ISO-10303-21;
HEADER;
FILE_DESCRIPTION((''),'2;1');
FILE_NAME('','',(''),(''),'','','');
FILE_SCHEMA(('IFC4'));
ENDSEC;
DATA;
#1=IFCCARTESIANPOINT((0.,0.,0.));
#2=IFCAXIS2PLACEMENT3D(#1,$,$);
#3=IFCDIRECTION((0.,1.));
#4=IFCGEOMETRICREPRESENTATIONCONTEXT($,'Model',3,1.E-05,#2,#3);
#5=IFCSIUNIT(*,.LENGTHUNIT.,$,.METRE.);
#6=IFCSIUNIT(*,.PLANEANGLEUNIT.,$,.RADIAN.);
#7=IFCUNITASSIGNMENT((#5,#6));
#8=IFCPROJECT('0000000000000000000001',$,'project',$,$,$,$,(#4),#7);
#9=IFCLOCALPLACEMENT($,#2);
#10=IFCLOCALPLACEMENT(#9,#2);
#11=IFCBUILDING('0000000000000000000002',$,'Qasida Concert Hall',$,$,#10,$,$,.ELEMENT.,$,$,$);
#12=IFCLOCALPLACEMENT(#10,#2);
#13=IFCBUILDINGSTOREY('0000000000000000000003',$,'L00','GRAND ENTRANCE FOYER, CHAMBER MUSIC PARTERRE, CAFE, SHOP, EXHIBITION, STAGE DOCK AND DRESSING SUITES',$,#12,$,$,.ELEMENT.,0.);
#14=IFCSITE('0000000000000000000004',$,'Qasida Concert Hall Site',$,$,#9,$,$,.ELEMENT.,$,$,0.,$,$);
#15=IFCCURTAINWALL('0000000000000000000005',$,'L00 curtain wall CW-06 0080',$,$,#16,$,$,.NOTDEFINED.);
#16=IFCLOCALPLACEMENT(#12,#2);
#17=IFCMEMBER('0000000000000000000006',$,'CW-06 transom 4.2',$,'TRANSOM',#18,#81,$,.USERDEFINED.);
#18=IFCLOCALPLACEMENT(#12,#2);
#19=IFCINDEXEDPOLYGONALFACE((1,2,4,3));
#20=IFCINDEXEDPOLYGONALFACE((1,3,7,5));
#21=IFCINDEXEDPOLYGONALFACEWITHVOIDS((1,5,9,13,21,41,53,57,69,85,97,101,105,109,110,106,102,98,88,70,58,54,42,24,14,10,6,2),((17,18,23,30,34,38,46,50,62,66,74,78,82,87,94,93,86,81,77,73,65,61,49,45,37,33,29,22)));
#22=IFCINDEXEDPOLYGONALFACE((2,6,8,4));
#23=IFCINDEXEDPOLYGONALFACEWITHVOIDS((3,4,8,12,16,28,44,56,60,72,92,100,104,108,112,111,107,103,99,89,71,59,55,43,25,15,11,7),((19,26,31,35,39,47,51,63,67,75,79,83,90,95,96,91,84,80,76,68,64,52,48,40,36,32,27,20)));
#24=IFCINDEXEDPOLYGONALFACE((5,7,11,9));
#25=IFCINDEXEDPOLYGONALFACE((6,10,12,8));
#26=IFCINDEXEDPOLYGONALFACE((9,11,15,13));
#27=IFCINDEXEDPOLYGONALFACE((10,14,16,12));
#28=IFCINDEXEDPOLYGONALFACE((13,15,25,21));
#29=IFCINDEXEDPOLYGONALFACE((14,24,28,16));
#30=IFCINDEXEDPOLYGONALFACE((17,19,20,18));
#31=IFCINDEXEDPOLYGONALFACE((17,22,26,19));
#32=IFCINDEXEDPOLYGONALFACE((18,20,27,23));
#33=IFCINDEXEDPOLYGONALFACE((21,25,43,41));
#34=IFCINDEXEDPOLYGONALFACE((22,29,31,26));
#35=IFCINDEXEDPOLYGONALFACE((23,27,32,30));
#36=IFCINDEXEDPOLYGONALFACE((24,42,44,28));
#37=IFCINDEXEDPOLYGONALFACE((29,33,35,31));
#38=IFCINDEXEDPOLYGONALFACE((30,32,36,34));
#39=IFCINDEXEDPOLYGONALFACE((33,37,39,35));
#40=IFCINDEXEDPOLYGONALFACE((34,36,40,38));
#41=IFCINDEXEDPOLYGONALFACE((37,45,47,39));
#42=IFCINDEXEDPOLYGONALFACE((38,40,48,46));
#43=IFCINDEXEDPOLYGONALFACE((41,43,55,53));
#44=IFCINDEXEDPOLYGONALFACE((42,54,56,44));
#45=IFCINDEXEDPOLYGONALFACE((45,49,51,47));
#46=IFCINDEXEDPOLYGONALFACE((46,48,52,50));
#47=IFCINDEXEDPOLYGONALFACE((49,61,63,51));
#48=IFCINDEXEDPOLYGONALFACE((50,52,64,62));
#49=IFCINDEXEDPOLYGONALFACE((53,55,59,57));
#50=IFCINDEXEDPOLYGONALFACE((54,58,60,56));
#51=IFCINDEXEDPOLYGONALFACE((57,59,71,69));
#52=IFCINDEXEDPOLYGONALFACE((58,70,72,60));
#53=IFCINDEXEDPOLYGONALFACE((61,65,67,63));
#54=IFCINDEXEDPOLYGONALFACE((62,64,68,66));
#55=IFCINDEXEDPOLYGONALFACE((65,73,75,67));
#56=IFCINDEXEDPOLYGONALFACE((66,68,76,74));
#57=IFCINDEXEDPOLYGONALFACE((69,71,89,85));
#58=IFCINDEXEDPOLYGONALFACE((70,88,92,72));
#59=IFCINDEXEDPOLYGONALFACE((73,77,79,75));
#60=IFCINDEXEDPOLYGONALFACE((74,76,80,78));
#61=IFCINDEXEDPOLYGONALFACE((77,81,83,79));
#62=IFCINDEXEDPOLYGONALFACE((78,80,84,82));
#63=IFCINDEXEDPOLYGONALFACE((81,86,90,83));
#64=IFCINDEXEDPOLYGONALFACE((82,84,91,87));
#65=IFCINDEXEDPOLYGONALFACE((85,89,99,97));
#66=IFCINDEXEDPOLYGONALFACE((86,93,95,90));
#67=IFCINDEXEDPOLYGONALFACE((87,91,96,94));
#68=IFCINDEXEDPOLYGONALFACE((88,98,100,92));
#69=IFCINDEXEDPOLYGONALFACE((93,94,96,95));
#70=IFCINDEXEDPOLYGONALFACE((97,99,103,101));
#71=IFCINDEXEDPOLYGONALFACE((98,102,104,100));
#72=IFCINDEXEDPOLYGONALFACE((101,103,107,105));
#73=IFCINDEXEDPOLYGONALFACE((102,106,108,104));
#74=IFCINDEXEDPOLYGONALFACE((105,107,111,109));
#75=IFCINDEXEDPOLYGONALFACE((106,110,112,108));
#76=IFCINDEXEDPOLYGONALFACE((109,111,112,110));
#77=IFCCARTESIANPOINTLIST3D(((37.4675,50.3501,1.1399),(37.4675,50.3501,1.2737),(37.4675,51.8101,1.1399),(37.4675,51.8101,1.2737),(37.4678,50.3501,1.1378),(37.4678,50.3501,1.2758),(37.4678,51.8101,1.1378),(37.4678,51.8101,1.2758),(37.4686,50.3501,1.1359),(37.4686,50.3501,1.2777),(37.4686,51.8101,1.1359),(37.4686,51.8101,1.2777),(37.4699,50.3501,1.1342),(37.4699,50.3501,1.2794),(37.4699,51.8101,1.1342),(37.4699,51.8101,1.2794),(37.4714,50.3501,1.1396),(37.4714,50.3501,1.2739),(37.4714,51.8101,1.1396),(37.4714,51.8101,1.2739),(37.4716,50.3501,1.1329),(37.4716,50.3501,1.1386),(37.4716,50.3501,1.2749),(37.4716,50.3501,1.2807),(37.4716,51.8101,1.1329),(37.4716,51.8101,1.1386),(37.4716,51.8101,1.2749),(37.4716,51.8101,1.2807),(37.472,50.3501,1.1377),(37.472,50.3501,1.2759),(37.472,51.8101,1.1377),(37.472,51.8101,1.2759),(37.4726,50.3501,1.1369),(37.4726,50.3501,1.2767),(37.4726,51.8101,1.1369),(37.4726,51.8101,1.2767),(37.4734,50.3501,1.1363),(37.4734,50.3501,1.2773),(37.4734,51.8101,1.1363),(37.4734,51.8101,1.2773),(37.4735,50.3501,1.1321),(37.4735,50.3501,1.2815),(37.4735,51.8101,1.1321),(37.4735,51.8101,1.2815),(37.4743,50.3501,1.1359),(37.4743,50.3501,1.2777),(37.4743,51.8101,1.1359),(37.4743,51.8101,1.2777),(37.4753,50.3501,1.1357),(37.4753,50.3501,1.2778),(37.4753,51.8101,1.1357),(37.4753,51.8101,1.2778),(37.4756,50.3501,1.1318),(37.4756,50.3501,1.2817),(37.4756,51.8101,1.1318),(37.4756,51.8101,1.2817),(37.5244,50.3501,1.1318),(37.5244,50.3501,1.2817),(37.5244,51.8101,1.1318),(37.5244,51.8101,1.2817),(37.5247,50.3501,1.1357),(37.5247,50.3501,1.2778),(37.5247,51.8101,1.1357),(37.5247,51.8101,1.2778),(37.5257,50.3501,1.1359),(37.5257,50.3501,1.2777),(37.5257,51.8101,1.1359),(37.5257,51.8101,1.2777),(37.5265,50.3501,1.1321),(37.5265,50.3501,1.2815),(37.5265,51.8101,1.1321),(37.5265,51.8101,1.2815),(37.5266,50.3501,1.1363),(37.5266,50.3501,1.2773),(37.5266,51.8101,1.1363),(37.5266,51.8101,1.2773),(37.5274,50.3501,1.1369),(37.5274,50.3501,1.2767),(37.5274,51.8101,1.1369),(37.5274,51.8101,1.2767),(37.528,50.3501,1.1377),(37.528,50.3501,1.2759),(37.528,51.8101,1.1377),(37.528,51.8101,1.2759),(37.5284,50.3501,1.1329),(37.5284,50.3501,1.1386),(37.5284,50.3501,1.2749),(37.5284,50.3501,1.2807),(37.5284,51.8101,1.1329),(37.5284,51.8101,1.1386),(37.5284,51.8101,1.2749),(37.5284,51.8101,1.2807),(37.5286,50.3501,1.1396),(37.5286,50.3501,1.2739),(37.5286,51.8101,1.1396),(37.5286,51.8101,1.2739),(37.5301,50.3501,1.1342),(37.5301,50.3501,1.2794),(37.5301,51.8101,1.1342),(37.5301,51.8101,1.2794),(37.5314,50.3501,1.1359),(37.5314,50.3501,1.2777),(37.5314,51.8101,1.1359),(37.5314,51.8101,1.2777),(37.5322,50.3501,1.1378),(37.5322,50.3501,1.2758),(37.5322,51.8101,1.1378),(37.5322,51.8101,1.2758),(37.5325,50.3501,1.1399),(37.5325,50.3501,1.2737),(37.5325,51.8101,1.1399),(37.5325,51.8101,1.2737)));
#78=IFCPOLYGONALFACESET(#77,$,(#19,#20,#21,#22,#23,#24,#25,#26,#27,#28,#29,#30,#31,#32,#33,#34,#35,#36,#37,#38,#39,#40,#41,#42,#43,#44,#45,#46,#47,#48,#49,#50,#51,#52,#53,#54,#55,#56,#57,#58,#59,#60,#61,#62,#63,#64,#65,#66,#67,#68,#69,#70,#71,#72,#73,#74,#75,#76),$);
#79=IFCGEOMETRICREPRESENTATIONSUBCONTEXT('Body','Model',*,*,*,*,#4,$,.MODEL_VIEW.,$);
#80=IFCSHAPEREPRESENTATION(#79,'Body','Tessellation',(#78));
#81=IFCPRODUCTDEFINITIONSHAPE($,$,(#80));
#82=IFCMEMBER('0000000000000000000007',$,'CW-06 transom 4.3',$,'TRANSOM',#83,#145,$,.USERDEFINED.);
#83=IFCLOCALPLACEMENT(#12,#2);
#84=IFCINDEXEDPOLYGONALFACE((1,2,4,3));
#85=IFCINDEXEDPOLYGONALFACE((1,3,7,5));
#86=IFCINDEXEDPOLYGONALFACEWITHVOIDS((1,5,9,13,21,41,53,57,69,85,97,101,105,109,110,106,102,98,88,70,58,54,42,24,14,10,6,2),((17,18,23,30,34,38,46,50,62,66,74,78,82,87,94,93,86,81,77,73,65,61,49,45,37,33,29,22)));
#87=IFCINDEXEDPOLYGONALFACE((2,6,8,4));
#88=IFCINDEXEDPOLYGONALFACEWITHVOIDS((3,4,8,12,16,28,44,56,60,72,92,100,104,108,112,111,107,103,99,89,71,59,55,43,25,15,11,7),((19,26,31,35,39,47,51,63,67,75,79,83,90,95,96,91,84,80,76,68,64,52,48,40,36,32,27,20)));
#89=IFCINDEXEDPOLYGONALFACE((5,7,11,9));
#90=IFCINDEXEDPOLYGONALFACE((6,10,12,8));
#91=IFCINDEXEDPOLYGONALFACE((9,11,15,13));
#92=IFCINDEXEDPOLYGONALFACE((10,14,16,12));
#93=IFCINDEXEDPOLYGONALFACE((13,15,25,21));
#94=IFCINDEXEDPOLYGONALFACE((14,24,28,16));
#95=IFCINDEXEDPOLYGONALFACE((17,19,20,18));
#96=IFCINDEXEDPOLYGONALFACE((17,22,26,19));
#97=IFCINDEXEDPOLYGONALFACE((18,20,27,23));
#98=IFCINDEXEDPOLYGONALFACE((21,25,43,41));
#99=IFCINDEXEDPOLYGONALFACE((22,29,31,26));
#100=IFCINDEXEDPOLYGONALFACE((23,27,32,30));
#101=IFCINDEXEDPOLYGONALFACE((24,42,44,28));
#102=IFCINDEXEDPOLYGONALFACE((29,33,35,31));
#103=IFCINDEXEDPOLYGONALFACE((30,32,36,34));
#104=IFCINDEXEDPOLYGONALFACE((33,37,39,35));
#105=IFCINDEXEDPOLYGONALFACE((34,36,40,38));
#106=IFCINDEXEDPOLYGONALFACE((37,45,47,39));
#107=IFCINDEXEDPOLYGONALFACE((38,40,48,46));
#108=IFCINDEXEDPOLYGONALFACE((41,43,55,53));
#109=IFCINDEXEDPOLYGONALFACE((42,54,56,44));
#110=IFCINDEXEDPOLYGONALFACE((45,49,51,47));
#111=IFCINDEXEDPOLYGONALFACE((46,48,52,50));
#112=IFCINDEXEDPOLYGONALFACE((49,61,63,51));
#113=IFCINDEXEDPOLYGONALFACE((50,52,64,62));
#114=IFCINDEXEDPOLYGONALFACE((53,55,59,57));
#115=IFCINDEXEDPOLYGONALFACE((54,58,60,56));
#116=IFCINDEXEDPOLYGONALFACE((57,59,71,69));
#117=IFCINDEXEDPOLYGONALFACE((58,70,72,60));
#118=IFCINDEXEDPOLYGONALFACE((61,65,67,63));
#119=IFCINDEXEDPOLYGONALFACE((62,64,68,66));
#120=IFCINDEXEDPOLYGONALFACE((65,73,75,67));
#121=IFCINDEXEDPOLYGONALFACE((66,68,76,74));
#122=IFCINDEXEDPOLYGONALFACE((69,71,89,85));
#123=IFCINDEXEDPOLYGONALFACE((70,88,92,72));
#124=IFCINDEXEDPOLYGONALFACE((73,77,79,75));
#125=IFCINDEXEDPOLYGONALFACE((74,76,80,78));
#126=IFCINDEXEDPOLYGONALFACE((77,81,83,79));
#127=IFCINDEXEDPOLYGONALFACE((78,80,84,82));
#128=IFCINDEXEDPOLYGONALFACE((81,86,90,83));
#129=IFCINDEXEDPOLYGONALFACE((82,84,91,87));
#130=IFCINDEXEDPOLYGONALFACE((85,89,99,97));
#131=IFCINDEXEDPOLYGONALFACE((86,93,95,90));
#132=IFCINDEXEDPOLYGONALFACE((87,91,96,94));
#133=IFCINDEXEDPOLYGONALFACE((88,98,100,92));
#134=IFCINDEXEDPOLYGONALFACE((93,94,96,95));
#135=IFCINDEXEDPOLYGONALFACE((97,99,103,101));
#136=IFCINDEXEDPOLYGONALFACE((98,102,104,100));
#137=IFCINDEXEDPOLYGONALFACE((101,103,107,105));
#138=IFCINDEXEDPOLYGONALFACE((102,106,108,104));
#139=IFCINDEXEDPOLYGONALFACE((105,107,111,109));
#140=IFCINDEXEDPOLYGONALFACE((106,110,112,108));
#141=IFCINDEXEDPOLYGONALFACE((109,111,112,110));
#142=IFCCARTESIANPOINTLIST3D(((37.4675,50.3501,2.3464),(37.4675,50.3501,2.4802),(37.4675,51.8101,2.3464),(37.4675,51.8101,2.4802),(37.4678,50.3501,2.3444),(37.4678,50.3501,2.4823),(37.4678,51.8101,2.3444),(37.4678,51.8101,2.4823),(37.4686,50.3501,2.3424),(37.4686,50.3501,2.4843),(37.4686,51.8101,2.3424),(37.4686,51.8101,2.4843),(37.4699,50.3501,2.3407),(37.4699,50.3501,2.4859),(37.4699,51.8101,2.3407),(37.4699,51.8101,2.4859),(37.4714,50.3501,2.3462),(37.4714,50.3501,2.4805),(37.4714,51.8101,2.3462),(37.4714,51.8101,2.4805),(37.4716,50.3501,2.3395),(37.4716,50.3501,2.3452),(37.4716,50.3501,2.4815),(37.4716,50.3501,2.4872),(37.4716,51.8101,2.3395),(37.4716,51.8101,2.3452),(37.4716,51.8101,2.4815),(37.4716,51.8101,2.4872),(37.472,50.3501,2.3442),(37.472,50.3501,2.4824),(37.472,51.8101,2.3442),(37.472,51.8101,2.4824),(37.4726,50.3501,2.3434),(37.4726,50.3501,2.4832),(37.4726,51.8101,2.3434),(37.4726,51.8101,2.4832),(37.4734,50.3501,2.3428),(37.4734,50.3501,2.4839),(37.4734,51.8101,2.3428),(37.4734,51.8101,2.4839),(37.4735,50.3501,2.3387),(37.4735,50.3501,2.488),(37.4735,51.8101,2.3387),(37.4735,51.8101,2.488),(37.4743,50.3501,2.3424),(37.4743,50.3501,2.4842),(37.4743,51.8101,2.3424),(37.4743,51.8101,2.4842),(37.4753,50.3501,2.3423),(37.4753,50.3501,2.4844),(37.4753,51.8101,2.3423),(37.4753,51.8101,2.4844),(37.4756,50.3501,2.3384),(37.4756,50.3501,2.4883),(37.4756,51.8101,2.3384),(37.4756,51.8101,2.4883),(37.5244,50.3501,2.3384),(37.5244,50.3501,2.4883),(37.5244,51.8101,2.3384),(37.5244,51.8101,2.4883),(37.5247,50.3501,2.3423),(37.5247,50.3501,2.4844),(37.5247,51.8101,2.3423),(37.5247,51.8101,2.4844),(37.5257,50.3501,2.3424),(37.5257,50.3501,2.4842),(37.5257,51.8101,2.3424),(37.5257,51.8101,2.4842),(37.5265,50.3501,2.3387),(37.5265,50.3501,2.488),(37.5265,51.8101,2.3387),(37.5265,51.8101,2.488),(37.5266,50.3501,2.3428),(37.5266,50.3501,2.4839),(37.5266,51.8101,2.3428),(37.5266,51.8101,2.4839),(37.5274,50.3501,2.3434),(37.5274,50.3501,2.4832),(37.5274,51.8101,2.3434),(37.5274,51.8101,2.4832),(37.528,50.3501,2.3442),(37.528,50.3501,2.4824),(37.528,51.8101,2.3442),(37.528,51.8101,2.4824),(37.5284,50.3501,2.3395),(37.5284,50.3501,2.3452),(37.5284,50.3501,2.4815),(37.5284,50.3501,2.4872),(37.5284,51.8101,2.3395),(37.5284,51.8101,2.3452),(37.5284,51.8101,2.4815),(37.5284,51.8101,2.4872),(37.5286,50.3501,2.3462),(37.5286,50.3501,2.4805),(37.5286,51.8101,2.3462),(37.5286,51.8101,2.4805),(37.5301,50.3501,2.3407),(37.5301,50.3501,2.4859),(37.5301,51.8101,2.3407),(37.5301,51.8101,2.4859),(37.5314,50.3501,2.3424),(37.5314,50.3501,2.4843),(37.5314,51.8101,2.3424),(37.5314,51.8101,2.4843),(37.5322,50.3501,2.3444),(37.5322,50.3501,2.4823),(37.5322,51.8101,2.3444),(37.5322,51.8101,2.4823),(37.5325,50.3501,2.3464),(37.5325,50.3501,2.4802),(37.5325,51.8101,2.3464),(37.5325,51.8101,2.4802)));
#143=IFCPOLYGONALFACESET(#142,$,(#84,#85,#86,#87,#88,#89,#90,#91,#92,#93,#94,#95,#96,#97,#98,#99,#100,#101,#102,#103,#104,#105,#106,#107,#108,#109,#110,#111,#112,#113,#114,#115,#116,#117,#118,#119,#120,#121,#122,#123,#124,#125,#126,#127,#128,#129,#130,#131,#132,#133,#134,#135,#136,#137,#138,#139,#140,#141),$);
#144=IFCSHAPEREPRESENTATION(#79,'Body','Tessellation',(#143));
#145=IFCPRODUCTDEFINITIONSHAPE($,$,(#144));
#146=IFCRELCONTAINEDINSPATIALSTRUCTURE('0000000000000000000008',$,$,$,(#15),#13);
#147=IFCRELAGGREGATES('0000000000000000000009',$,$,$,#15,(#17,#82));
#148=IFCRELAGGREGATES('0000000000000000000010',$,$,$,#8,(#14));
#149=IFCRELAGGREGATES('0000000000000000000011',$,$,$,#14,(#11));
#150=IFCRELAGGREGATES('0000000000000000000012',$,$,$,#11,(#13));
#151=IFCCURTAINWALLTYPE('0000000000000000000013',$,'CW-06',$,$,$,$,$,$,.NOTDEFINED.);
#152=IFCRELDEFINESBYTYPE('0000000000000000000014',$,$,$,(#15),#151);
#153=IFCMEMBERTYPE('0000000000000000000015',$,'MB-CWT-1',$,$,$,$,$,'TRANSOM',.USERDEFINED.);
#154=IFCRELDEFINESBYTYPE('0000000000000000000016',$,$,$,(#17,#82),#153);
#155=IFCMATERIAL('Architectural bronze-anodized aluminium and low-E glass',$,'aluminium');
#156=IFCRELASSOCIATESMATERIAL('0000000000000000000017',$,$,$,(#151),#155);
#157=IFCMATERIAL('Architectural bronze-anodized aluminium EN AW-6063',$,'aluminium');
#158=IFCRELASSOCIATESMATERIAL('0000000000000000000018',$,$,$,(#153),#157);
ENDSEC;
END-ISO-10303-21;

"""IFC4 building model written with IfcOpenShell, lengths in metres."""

from ifc_helpers import new_model, si_unit, direction, frame, origin, origin_2d, place, context, subcontext, project, spatial, hollow_rectangle, extrude, material, material_profile, profile_set, type_object, element, aggregate, save


model = new_model("IFC4")

# Units and contexts
model_context = context("Model", 3, precision=1e-05, world=origin(), true_north=direction((0.0, 1.0)))
body_context = subcontext(model_context, "Body", "Model", "MODEL_VIEW")
ifc_project = project(units=[si_unit("LENGTHUNIT", "METRE"), si_unit("PLANEANGLEUNIT", "RADIAN")], contexts=[model_context])

# Site, building, storey
site_placement = place(None, origin())
site = spatial("IfcSite", under=ifc_project, at=site_placement, Name="Qasida Concert Hall Site", CompositionType="ELEMENT", RefElevation=0.0)
building_placement = place(site_placement, origin())
building = spatial("IfcBuilding", under=site, at=building_placement, Name="Qasida Concert Hall", CompositionType="ELEMENT")
storey_placement = place(building_placement, origin())
storey = spatial("IfcBuildingStorey", under=building, at=storey_placement, Name="L00", Description="GRAND ENTRANCE FOYER, CHAMBER MUSIC PARTERRE, CAFE, SHOP, EXHIBITION, STAGE DOCK AND DRESSING SUITES", CompositionType="ELEMENT", Elevation=0.0)

# Shared definitions
ifc_material_1 = material(Name="Architectural bronze-anodized aluminium and low-E glass", Category="aluminium")
curtain_wall_type = type_object("IfcCurtainWallType", Name="CW-06", PredefinedType="NOTDEFINED", material=ifc_material_1)
ifc_material_2 = material(Name="Architectural bronze-anodized aluminium EN AW-6063", Category="aluminium")

# Curtain wall
curtain_wall_1_placement = place(storey_placement, origin())
curtain_wall_1 = element("IfcCurtainWall", 1, at=curtain_wall_1_placement, inside=storey, type_object=curtain_wall_type, Name="L00 curtain wall CW-06 0080", PredefinedType="NOTDEFINED")

# Members
ifc_material_profile_1 = material_profile(ifc_material_2, hollow_rectangle(XDim=0.0649, YDim=0.1499, WallThickness=0.0039, InnerFilletRadius=0.0039, OuterFilletRadius=0.0081, at=origin_2d()), Name="CWT 150x65x4")
ifc_profile_set_1 = profile_set([ifc_material_profile_1], Name="Architectural bronze-anodized aluminium EN AW-6063")
member_type_1 = type_object("IfcMemberType", Name="MB-CWT-1", ElementType="TRANSOM", PredefinedType="USERDEFINED", material=ifc_profile_set_1)
member_1_placement = place(storey_placement, frame((37.5, 50.3501, 1.2068), z_axis=(0.0, 1.0, 0.0), x_axis=(-1.0, 0.0, 0.0)))
member_1 = element("IfcMember", 2, at=member_1_placement, type_object=member_type_1, Name="CW-06 transom 4.2", ObjectType="TRANSOM", PredefinedType="USERDEFINED", context=body_context, shape_type="SweptSolid", body=[
    extrude(hollow_rectangle(XDim=0.0649, YDim=0.1499, WallThickness=0.0039, InnerFilletRadius=0.0039, OuterFilletRadius=0.0081, at=origin_2d()), origin(), (0.0, 0.0, 1.0), 1.46),
])
member_2_placement = place(storey_placement, frame((37.5, 50.3501, 2.4133), z_axis=(0.0, 1.0, 0.0), x_axis=(-1.0, 0.0, 0.0)))
member_2 = element("IfcMember", 3, at=member_2_placement, type_object=member_type_1, Name="CW-06 transom 4.3", ObjectType="TRANSOM", PredefinedType="USERDEFINED", context=body_context, shape_type="SweptSolid", body=[
    extrude(hollow_rectangle(XDim=0.0649, YDim=0.1499, WallThickness=0.0039, InnerFilletRadius=0.0039, OuterFilletRadius=0.0081, at=origin_2d()), origin(), (0.0, 0.0, 1.0), 1.46),
])

aggregate(curtain_wall_1, [member_1, member_2])

save(model, "model.ifc")
